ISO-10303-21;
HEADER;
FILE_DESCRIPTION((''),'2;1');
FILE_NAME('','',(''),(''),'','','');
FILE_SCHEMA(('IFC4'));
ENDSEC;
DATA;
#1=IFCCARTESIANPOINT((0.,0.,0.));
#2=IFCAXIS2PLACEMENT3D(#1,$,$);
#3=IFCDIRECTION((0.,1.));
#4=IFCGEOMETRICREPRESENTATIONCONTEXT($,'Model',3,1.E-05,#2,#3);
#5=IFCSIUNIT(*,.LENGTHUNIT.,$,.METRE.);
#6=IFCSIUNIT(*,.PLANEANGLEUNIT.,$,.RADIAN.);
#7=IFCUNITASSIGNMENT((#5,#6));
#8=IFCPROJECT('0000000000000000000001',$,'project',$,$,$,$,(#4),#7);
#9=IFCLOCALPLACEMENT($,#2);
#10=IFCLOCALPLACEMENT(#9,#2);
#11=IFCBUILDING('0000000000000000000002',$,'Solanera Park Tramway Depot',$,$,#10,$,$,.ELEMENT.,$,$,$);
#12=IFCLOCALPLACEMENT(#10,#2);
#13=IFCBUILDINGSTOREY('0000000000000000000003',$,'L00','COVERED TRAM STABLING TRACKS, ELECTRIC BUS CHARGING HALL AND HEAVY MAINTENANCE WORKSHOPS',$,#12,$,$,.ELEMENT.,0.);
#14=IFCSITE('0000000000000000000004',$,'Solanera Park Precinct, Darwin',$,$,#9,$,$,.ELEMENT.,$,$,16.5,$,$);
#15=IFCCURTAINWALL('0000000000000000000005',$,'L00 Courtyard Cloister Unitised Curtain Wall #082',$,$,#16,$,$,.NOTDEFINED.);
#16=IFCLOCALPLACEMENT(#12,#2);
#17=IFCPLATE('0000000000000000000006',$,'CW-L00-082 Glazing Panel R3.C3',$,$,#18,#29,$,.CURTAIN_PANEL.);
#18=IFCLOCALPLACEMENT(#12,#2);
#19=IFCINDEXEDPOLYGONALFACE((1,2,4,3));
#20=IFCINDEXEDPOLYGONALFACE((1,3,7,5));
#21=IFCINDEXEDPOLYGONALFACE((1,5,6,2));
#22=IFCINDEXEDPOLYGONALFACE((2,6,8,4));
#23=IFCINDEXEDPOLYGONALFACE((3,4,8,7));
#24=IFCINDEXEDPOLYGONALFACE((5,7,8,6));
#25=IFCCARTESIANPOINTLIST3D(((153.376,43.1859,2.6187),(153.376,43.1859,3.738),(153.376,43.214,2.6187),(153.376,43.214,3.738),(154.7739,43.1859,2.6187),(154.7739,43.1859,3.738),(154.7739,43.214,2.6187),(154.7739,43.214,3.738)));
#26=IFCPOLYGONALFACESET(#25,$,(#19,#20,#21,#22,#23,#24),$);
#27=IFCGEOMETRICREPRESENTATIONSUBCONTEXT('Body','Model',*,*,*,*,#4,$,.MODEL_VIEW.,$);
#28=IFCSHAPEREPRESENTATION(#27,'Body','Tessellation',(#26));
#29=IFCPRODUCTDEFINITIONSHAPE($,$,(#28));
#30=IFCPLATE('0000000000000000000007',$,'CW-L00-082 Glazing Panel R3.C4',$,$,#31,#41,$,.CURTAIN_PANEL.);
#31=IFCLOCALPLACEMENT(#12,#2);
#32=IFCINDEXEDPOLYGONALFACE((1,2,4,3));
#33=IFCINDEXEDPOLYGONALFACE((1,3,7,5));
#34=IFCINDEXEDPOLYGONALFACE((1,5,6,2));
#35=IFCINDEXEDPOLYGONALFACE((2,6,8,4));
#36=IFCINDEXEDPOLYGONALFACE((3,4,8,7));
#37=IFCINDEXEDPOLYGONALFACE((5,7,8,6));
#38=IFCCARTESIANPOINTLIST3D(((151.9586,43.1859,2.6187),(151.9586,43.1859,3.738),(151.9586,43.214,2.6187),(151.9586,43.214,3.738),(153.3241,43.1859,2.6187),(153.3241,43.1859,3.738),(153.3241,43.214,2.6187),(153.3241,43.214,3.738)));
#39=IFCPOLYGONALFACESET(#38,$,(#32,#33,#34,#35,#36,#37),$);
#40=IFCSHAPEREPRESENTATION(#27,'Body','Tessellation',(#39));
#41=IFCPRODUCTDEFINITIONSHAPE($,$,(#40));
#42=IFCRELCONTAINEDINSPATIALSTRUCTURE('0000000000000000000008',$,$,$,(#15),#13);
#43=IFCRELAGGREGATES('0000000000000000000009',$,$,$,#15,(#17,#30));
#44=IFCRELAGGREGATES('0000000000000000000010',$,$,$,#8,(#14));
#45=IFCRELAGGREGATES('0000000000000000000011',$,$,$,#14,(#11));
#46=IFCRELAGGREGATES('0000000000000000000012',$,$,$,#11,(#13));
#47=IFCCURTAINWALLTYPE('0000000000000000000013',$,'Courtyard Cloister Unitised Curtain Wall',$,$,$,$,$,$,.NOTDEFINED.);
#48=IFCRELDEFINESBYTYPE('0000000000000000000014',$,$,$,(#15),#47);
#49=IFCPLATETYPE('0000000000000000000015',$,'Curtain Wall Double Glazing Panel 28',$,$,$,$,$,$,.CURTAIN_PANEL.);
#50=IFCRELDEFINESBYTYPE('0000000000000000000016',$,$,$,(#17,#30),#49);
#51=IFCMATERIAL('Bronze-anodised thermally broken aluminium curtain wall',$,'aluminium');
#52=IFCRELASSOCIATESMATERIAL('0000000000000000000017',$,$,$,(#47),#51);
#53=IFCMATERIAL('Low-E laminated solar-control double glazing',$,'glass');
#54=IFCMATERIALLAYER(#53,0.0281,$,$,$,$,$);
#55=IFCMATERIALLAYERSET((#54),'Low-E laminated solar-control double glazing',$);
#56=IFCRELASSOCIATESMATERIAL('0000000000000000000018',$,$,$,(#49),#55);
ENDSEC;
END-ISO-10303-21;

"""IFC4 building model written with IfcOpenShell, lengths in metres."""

from ifc_helpers import new_model, si_unit, direction, frame, origin, origin_2d, place, context, subcontext, project, spatial, rectangle, extrude, material, layer, layer_set, type_object, element, aggregate, save


model = new_model("IFC4")

# Units and contexts
model_context = context("Model", 3, precision=1e-05, world=origin(), true_north=direction((0.0, 1.0)))
body_context = subcontext(model_context, "Body", "Model", "MODEL_VIEW")
ifc_project = project(units=[si_unit("LENGTHUNIT", "METRE"), si_unit("PLANEANGLEUNIT", "RADIAN")], contexts=[model_context])

# Site, building, storey
site_placement = place(None, origin())
site = spatial("IfcSite", under=ifc_project, at=site_placement, Name="Solanera Park Precinct, Darwin", CompositionType="ELEMENT", RefElevation=16.5)
building_placement = place(site_placement, origin())
building = spatial("IfcBuilding", under=site, at=building_placement, Name="Solanera Park Tramway Depot", CompositionType="ELEMENT")
storey_placement = place(building_placement, origin())
storey = spatial("IfcBuildingStorey", under=building, at=storey_placement, Name="L00", Description="COVERED TRAM STABLING TRACKS, ELECTRIC BUS CHARGING HALL AND HEAVY MAINTENANCE WORKSHOPS", CompositionType="ELEMENT", Elevation=0.0)

# Curtain wall
ifc_material_1 = material(Name="Bronze-anodised thermally broken aluminium curtain wall", Category="aluminium")
curtain_wall_type = type_object("IfcCurtainWallType", Name="Courtyard Cloister Unitised Curtain Wall", PredefinedType="NOTDEFINED", material=ifc_material_1)
curtain_wall_1_placement = place(storey_placement, origin())
curtain_wall_1 = element("IfcCurtainWall", 1, at=curtain_wall_1_placement, inside=storey, type_object=curtain_wall_type, Name="L00 Courtyard Cloister Unitised Curtain Wall #082", PredefinedType="NOTDEFINED")

# Plates
ifc_material_2 = material(Name="Low-E laminated solar-control double glazing", Category="glass")
ifc_layer = layer(ifc_material_2, 0.0281)
ifc_layer_set = layer_set([ifc_layer], Name="Low-E laminated solar-control double glazing")
plate_type = type_object("IfcPlateType", Name="Curtain Wall Double Glazing Panel 28", PredefinedType="CURTAIN_PANEL", material=ifc_layer_set)
plate_1_placement = place(storey_placement, frame((154.075, 43.2, 2.6187), z_axis=(0.0, 0.0, 1.0), x_axis=(-1.0, 0.0, 0.0)))
plate_1 = element("IfcPlate", 2, at=plate_1_placement, type_object=plate_type, Name="CW-L00-082 Glazing Panel R3.C3", PredefinedType="CURTAIN_PANEL", context=body_context, shape_type="SweptSolid", body=[
    extrude(rectangle(XDim=1.3979, YDim=0.0281, at=origin_2d()), origin(), (0.0, 0.0, 1.0), 1.1194),
])
plate_2_placement = place(storey_placement, frame((152.6414, 43.2, 2.6187), z_axis=(0.0, 0.0, 1.0), x_axis=(-1.0, 0.0, 0.0)))
plate_2 = element("IfcPlate", 3, at=plate_2_placement, type_object=plate_type, Name="CW-L00-082 Glazing Panel R3.C4", PredefinedType="CURTAIN_PANEL", context=body_context, shape_type="SweptSolid", body=[
    extrude(rectangle(XDim=1.3655, YDim=0.0281, at=origin_2d()), origin(), (0.0, 0.0, 1.0), 1.1194),
])
aggregate(curtain_wall_1, [plate_1, plate_2])

save(model, "model.ifc")
